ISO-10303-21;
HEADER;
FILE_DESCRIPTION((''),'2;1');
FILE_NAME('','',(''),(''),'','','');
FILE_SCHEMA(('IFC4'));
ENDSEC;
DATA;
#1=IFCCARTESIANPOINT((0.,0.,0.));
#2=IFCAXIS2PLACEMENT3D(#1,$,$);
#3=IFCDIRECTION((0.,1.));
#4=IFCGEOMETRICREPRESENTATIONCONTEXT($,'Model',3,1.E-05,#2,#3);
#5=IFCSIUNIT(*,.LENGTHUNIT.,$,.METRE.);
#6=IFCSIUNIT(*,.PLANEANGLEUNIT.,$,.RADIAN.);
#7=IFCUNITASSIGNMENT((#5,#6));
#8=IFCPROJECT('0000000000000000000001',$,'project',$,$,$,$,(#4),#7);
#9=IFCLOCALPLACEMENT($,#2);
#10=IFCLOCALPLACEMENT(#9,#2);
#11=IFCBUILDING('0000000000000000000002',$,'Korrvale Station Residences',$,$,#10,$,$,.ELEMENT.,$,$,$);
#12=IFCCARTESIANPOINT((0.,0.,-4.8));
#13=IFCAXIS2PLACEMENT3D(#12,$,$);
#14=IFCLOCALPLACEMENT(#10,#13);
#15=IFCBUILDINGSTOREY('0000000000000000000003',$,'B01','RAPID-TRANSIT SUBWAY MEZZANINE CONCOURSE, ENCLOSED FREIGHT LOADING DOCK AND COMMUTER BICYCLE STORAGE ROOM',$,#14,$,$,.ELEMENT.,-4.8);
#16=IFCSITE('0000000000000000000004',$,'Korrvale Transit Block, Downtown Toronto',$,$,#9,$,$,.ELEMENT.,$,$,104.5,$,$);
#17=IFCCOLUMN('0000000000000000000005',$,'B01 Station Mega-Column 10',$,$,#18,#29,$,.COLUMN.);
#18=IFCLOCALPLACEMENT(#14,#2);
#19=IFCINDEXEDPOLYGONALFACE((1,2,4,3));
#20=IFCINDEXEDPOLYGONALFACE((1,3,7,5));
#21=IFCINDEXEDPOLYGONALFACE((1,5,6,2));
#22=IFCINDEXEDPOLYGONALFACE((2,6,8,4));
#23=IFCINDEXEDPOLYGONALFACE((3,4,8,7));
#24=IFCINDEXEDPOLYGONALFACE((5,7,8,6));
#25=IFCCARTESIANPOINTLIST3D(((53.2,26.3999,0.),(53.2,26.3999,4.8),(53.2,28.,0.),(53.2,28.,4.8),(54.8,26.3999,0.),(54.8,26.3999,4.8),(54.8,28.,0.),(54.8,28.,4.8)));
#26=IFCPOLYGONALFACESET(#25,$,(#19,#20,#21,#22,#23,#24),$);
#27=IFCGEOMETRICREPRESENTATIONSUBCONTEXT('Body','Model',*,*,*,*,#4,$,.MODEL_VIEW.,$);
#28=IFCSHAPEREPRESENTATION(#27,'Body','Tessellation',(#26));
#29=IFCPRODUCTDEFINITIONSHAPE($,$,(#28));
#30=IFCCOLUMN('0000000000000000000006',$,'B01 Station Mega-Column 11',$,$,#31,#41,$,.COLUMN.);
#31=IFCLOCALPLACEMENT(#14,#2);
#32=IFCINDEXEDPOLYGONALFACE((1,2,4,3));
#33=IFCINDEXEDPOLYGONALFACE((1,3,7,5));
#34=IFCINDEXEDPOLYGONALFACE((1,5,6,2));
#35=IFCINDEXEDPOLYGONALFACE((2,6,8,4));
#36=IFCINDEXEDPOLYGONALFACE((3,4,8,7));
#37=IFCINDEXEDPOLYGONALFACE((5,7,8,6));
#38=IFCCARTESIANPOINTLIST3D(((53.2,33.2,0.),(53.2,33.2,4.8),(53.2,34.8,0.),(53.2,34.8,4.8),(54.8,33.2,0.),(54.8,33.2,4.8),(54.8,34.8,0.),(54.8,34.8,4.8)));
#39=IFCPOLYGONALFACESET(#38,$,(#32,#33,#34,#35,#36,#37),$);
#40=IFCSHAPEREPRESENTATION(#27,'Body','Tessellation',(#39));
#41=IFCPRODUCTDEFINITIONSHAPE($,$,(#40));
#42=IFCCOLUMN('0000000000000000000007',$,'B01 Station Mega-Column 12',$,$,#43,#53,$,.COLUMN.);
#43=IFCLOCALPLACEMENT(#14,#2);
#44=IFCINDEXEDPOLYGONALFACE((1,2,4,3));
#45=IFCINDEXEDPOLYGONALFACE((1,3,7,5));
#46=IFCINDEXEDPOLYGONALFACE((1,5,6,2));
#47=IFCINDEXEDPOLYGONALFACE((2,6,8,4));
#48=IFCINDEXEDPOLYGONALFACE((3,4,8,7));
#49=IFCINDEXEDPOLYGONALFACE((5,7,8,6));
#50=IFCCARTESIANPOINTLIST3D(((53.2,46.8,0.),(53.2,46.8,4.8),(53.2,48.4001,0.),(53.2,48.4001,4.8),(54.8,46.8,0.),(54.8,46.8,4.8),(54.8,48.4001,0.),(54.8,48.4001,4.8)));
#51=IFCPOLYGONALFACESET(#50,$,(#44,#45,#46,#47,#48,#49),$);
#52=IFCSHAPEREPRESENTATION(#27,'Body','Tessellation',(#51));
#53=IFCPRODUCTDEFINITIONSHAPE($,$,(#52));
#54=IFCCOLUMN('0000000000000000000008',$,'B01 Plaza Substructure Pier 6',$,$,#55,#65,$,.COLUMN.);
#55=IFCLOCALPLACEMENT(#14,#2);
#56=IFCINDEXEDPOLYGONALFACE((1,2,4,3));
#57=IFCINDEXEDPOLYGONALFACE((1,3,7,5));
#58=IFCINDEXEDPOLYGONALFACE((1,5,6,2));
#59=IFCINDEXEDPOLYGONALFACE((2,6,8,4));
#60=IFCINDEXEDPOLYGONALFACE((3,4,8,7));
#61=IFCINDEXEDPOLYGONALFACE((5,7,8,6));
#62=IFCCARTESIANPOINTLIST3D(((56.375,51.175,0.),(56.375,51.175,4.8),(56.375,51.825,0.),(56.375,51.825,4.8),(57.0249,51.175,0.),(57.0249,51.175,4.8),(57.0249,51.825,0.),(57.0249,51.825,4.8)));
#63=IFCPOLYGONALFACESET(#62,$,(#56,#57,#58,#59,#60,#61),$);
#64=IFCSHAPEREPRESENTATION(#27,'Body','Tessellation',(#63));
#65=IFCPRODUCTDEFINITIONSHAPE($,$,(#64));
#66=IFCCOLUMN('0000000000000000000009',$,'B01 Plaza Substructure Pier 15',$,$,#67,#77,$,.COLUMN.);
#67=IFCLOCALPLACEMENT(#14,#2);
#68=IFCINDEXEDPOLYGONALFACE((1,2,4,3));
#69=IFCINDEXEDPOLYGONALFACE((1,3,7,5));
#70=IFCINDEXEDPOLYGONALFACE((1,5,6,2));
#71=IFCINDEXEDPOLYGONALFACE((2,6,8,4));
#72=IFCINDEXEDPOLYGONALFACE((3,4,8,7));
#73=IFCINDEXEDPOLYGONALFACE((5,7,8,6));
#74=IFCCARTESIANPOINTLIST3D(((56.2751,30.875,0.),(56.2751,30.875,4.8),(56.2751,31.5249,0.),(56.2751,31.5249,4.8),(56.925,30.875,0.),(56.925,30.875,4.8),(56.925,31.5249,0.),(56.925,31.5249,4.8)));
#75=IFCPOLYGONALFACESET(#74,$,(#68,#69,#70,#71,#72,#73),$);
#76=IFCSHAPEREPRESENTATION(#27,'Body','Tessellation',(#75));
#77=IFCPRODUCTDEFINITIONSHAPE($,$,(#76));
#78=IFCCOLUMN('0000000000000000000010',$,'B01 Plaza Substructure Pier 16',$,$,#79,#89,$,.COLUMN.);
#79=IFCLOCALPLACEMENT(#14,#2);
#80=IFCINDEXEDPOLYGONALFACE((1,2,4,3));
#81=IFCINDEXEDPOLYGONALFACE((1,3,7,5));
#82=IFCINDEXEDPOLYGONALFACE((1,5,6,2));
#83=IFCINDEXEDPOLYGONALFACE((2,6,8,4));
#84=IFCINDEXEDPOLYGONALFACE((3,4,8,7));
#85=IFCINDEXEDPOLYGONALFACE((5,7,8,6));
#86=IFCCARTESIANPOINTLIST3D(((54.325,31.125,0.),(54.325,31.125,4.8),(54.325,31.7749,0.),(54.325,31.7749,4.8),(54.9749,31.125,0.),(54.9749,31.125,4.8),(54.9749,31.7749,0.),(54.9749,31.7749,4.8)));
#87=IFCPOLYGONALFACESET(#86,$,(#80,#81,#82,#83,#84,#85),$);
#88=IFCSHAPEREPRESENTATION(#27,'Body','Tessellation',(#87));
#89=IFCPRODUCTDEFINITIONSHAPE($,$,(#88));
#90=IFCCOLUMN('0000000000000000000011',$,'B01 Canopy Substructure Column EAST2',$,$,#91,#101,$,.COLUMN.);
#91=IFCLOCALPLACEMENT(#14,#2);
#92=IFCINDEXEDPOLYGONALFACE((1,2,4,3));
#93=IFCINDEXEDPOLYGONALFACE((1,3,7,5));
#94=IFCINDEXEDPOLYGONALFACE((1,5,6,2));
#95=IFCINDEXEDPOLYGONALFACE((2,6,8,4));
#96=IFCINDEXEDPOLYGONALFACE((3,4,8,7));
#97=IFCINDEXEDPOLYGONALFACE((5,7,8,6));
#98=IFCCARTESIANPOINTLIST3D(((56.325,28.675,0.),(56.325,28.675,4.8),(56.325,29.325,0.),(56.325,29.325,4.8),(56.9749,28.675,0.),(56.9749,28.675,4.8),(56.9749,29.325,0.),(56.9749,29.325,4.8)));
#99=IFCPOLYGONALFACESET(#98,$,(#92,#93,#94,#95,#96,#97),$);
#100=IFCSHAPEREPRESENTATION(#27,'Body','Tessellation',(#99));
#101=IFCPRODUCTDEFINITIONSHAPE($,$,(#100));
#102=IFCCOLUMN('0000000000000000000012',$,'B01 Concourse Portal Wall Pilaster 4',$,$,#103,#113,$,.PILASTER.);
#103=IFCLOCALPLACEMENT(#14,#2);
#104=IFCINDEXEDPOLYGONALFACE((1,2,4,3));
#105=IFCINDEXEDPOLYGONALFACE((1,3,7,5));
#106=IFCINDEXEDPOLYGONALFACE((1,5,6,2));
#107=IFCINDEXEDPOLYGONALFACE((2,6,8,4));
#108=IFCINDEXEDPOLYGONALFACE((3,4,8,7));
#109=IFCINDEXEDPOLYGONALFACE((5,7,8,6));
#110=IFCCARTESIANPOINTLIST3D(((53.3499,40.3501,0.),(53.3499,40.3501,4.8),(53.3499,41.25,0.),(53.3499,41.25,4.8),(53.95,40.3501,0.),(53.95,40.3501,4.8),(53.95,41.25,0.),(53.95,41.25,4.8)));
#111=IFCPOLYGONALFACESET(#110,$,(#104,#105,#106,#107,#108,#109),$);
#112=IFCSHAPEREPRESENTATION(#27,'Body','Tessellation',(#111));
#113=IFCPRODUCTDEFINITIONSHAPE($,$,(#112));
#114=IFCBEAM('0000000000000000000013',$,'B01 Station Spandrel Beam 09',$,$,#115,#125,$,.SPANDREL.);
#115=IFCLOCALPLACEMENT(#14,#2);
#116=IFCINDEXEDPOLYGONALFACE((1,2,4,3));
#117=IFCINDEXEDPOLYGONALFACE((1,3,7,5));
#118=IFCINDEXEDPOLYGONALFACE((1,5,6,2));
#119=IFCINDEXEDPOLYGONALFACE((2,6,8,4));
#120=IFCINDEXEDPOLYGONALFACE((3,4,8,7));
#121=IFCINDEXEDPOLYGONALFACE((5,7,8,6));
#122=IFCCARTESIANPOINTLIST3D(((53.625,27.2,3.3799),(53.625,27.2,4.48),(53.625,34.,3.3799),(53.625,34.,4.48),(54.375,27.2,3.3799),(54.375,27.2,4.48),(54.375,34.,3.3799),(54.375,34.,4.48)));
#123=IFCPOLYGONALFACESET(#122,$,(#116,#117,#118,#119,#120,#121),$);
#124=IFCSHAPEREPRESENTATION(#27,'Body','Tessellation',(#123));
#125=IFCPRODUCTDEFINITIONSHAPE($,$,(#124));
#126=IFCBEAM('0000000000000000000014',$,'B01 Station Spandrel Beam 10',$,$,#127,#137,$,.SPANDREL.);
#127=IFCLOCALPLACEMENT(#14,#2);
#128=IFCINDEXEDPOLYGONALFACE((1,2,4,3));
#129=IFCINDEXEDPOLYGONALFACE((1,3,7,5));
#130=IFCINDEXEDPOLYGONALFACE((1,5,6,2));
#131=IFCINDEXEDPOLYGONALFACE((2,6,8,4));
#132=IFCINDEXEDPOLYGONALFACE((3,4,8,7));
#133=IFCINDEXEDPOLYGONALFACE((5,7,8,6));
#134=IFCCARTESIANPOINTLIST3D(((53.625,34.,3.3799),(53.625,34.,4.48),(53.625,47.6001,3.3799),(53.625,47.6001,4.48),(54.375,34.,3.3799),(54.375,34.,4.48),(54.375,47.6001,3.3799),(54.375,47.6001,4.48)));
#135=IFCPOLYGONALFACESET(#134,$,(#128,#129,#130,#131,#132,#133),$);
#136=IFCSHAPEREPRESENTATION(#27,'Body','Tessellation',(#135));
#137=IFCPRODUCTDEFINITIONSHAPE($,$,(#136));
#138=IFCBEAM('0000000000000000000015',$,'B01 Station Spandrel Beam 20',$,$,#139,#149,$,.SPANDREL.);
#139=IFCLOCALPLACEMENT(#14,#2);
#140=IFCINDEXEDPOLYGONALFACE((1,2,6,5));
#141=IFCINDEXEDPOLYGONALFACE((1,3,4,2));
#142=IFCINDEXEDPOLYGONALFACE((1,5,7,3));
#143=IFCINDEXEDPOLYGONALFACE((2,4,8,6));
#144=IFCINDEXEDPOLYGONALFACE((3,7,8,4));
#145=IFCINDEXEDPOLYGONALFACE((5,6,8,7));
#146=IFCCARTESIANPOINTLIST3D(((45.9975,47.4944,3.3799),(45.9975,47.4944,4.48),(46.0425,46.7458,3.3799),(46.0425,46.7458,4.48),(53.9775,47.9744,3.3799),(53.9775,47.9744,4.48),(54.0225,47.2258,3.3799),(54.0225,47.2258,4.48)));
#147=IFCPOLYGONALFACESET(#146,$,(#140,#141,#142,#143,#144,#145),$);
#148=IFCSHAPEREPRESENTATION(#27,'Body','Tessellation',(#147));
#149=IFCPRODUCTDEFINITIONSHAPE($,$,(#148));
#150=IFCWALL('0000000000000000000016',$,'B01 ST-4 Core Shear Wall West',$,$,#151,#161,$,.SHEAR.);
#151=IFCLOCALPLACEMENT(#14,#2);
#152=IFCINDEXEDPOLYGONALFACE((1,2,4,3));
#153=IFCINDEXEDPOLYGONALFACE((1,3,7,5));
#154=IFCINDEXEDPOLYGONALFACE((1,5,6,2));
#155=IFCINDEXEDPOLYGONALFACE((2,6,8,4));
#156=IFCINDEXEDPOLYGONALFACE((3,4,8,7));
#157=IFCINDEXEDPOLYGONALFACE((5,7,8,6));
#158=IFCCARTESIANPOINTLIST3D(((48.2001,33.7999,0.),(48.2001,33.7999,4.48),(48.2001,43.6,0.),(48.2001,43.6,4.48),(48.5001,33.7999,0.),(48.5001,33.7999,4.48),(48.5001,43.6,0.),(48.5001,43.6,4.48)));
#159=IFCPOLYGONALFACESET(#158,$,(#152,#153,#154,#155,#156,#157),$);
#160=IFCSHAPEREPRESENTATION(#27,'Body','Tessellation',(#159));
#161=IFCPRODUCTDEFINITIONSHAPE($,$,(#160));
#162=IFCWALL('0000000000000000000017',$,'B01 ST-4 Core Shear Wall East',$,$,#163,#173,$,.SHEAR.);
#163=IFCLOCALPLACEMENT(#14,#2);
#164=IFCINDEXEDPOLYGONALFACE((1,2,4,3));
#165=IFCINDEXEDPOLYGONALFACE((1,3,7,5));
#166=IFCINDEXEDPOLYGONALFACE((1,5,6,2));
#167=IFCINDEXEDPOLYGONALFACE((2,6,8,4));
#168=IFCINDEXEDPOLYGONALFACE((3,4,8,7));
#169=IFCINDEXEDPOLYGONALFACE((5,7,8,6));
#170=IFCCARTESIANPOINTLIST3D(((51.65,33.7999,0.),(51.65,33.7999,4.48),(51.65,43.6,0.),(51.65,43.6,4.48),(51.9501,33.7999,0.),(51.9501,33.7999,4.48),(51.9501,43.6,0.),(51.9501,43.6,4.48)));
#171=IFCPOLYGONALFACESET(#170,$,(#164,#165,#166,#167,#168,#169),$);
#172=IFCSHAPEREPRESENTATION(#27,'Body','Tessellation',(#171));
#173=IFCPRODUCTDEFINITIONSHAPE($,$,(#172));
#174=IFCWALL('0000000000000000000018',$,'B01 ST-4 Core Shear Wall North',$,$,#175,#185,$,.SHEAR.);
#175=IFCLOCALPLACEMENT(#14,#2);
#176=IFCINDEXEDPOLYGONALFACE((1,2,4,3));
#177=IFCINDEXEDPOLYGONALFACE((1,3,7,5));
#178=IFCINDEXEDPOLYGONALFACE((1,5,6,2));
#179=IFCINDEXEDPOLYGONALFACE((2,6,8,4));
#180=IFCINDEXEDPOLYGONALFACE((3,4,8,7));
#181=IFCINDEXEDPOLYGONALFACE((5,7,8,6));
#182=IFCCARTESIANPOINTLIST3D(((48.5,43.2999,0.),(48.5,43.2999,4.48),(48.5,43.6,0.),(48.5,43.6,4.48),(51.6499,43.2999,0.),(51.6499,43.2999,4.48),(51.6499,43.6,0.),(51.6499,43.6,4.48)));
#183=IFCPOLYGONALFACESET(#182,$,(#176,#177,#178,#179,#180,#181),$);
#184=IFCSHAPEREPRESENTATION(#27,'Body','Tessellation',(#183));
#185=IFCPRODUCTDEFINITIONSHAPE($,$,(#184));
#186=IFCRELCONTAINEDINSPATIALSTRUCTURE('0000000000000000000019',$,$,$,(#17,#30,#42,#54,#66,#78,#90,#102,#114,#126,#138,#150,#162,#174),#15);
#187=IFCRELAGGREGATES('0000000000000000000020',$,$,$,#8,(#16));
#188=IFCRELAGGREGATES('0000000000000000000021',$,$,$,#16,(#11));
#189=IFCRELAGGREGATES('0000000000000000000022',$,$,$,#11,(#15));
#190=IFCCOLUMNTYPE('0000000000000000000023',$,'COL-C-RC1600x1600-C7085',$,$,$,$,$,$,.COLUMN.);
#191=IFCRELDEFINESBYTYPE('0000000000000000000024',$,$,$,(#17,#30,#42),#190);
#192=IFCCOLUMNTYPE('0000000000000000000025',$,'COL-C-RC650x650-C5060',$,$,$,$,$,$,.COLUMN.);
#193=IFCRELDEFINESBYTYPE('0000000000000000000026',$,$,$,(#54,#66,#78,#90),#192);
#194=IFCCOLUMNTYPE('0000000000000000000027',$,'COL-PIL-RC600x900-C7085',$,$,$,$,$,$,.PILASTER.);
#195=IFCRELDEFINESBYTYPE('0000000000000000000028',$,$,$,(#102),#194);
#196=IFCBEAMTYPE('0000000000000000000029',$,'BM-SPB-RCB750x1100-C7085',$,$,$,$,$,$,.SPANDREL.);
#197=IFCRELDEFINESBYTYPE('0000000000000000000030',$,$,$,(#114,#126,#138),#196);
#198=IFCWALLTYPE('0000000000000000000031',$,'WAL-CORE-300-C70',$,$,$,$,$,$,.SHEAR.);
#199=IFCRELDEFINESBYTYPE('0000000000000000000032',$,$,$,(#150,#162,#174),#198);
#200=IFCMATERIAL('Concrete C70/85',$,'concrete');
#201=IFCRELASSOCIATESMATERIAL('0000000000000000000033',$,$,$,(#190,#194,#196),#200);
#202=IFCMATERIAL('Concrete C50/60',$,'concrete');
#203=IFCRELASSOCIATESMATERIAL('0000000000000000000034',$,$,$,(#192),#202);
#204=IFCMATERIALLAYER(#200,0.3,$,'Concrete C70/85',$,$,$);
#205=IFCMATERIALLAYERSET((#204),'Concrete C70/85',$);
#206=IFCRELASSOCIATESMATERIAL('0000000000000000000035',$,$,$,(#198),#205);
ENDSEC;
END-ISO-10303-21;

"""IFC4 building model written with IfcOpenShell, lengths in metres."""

from ifc_helpers import new_model, si_unit, direction, frame, frame_2d, origin, origin_2d, place, context, subcontext, project, spatial, rectangle, extrude, material, layer, layer_set, material_profile, profile_set, type_object, element, save


model = new_model("IFC4")

# Units and contexts
model_context = context("Model", 3, precision=1e-05, world=origin(), true_north=direction((0.0, 1.0)))
body_context = subcontext(model_context, "Body", "Model", "MODEL_VIEW")
ifc_project = project(units=[si_unit("LENGTHUNIT", "METRE"), si_unit("PLANEANGLEUNIT", "RADIAN")], contexts=[model_context])

# Site, building, storey
site_placement = place(None, origin())
site = spatial("IfcSite", under=ifc_project, at=site_placement, Name="Korrvale Transit Block, Downtown Toronto", CompositionType="ELEMENT", RefElevation=104.5)
building_placement = place(site_placement, origin())
building = spatial("IfcBuilding", under=site, at=building_placement, Name="Korrvale Station Residences", CompositionType="ELEMENT")
storey_placement = place(building_placement, frame((0.0, 0.0, -4.8)))
storey = spatial("IfcBuildingStorey", under=building, at=storey_placement, Name="B01", Description="RAPID-TRANSIT SUBWAY MEZZANINE CONCOURSE, ENCLOSED FREIGHT LOADING DOCK AND COMMUTER BICYCLE STORAGE ROOM", CompositionType="ELEMENT", Elevation=-4.8)

# Columns
ifc_material_1 = material(Name="Concrete C70/85", Category="concrete")
ifc_material_profile_1 = material_profile(ifc_material_1, rectangle(XDim=1.6001, YDim=1.6001, at=origin_2d()), Name="RC1600x1600")
ifc_profile_set_1 = profile_set([ifc_material_profile_1], Name="Concrete C70/85")
column_type_1 = type_object("IfcColumnType", Name="COL-C-RC1600x1600-C7085", PredefinedType="COLUMN", material=ifc_profile_set_1)
for number, where, z_axis, x_axis, name in (
    (1, (54.0, 27.2, 0.0), (0.0, 0.0, 1.0), (1.0, 0.0, 0.0), "B01 Station Mega-Column 10"),
    (2, (54.0, 34.0, 0.0), (0.0, 0.0, 1.0), (1.0, 0.0, 0.0), "B01 Station Mega-Column 11"),
    (3, (54.0, 47.6001, 0.0), (0.0, 0.0, 1.0), (1.0, 0.0, 0.0), "B01 Station Mega-Column 12"),
):
    element("IfcColumn", number, at=place(storey_placement, frame(where, z_axis=z_axis, x_axis=x_axis)), inside=storey, type_object=column_type_1, Name=name, PredefinedType="COLUMN", context=body_context, shape_type="SweptSolid", body=[
        extrude(rectangle(XDim=1.6001, YDim=1.6001, at=origin_2d()), origin(), (0.0, 0.0, 1.0), 4.8),
    ])
ifc_material_2 = material(Name="Concrete C50/60", Category="concrete")
ifc_material_profile_2 = material_profile(ifc_material_2, rectangle(XDim=0.6499, YDim=0.6499, at=origin_2d()), Name="RC650x650")
ifc_profile_set_2 = profile_set([ifc_material_profile_2], Name="Concrete C50/60")
column_type_2 = type_object("IfcColumnType", Name="COL-C-RC650x650-C5060", PredefinedType="COLUMN", material=ifc_profile_set_2)
for number, where, z_axis, x_axis, name in (
    (4, (56.7, 51.5, 0.0), (0.0, 0.0, 1.0), (1.0, 0.0, 0.0), "B01 Plaza Substructure Pier 6"),
    (5, (56.6001, 31.2, 0.0), (0.0, 0.0, 1.0), (1.0, 0.0, 0.0), "B01 Plaza Substructure Pier 15"),
    (6, (54.6499, 31.45, 0.0), (0.0, 0.0, 1.0), (1.0, 0.0, 0.0), "B01 Plaza Substructure Pier 16"),
    (7, (56.6499, 29.0, 0.0), (0.0, 0.0, 1.0), (1.0, 0.0, 0.0), "B01 Canopy Substructure Column EAST2"),
):
    element("IfcColumn", number, at=place(storey_placement, frame(where, z_axis=z_axis, x_axis=x_axis)), inside=storey, type_object=column_type_2, Name=name, PredefinedType="COLUMN", context=body_context, shape_type="SweptSolid", body=[
        extrude(rectangle(XDim=0.6499, YDim=0.6499, at=origin_2d()), origin(), (0.0, 0.0, 1.0), 4.8),
    ])
ifc_material_profile_3 = material_profile(ifc_material_1, rectangle(XDim=0.6001, YDim=0.8999, at=origin_2d()), Name="RC600x900")
ifc_profile_set_3 = profile_set([ifc_material_profile_3], Name="Concrete C70/85")
column_type_3 = type_object("IfcColumnType", Name="COL-PIL-RC600x900-C7085", PredefinedType="PILASTER", material=ifc_profile_set_3)
column_placement = place(storey_placement, frame((53.6499, 40.8, 0.0), z_axis=(0.0, 0.0, 1.0), x_axis=(1.0, 0.0, 0.0)))
element("IfcColumn", 8, at=column_placement, inside=storey, type_object=column_type_3, Name="B01 Concourse Portal Wall Pilaster 4", PredefinedType="PILASTER", context=body_context, shape_type="SweptSolid", body=[
    extrude(rectangle(XDim=0.6001, YDim=0.8999, at=origin_2d()), origin(), (0.0, 0.0, 1.0), 4.8),
])

# Beams
ifc_material_profile_4 = material_profile(ifc_material_1, rectangle(XDim=0.75, YDim=1.1001, at=origin_2d()), Name="RCB750x1100")
ifc_profile_set_4 = profile_set([ifc_material_profile_4], Name="Concrete C70/85")
beam_type = type_object("IfcBeamType", Name="BM-SPB-RCB750x1100-C7085", PredefinedType="SPANDREL", material=ifc_profile_set_4)
beam_1_placement = place(storey_placement, frame((54.0, 27.2, 3.9299), z_axis=(0.0, 1.0, 0.0), x_axis=(-1.0, 0.0, 0.0)))
element("IfcBeam", 9, at=beam_1_placement, inside=storey, type_object=beam_type, Name="B01 Station Spandrel Beam 09", PredefinedType="SPANDREL", context=body_context, shape_type="SweptSolid", body=[
    extrude(rectangle(XDim=0.75, YDim=1.1001, at=origin_2d()), origin(), (0.0, 0.0, 1.0), 6.8),
])
beam_2_placement = place(storey_placement, frame((54.0, 34.0, 3.9299), z_axis=(0.0, 1.0, 0.0), x_axis=(-1.0, 0.0, 0.0)))
element("IfcBeam", 10, at=beam_2_placement, inside=storey, type_object=beam_type, Name="B01 Station Spandrel Beam 10", PredefinedType="SPANDREL", context=body_context, shape_type="SweptSolid", body=[
    extrude(rectangle(XDim=0.75, YDim=1.1001, at=origin_2d()), origin(), (0.0, 0.0, 1.0), 13.6001),
])
beam_3_placement = place(storey_placement, frame((46.02, 47.1201, 3.9299), z_axis=(0.998196, 0.06004, 0.0), x_axis=(-0.06004, 0.998196, 0.0)))
element("IfcBeam", 11, at=beam_3_placement, inside=storey, type_object=beam_type, Name="B01 Station Spandrel Beam 20", PredefinedType="SPANDREL", context=body_context, shape_type="SweptSolid", body=[
    extrude(rectangle(XDim=0.75, YDim=1.1001, at=origin_2d()), origin(), (0.0, 0.0, 1.0), 7.9944),
])

# Walls
ifc_layer_1 = layer(ifc_material_1, 0.3, Name="Concrete C70/85")
ifc_layer_set_1 = layer_set([ifc_layer_1], Name="Concrete C70/85")
wall_type_1 = type_object("IfcWallType", Name="WAL-CORE-300-C70", PredefinedType="SHEAR", material=ifc_layer_set_1)
for number, where, z_axis, x_axis, name in (
    (12, (48.3501, 33.8, 0.0), (0.0, 0.0, 1.0), (0.0, 1.0, 0.0), "B01 ST-4 Core Shear Wall West"),
    (13, (51.8, 33.8, 0.0), (0.0, 0.0, 1.0), (0.0, 1.0, 0.0), "B01 ST-4 Core Shear Wall East"),
):
    element("IfcWall", number, at=place(storey_placement, frame(where, z_axis=z_axis, x_axis=x_axis)), inside=storey, type_object=wall_type_1, Name=name, PredefinedType="SHEAR", context=body_context, shape_type="SweptSolid", body=[
        extrude(rectangle(XDim=9.8, YDim=0.3, at=frame_2d((4.8999, 0.0))), origin(), (0.0, 0.0, 1.0), 4.48),
    ])
wall_1_placement = place(storey_placement, frame((48.5, 43.45, 0.0), z_axis=(0.0, 0.0, 1.0), x_axis=(1.0, 0.0, 0.0)))
element("IfcWall", 14, at=wall_1_placement, inside=storey, type_object=wall_type_1, Name="B01 ST-4 Core Shear Wall North", PredefinedType="SHEAR", context=body_context, shape_type="SweptSolid", body=[
    extrude(rectangle(XDim=3.1499, YDim=0.3, at=frame_2d((1.575, 0.0))), origin(), (0.0, 0.0, 1.0), 4.48),
])

save(model, "model.ifc")
